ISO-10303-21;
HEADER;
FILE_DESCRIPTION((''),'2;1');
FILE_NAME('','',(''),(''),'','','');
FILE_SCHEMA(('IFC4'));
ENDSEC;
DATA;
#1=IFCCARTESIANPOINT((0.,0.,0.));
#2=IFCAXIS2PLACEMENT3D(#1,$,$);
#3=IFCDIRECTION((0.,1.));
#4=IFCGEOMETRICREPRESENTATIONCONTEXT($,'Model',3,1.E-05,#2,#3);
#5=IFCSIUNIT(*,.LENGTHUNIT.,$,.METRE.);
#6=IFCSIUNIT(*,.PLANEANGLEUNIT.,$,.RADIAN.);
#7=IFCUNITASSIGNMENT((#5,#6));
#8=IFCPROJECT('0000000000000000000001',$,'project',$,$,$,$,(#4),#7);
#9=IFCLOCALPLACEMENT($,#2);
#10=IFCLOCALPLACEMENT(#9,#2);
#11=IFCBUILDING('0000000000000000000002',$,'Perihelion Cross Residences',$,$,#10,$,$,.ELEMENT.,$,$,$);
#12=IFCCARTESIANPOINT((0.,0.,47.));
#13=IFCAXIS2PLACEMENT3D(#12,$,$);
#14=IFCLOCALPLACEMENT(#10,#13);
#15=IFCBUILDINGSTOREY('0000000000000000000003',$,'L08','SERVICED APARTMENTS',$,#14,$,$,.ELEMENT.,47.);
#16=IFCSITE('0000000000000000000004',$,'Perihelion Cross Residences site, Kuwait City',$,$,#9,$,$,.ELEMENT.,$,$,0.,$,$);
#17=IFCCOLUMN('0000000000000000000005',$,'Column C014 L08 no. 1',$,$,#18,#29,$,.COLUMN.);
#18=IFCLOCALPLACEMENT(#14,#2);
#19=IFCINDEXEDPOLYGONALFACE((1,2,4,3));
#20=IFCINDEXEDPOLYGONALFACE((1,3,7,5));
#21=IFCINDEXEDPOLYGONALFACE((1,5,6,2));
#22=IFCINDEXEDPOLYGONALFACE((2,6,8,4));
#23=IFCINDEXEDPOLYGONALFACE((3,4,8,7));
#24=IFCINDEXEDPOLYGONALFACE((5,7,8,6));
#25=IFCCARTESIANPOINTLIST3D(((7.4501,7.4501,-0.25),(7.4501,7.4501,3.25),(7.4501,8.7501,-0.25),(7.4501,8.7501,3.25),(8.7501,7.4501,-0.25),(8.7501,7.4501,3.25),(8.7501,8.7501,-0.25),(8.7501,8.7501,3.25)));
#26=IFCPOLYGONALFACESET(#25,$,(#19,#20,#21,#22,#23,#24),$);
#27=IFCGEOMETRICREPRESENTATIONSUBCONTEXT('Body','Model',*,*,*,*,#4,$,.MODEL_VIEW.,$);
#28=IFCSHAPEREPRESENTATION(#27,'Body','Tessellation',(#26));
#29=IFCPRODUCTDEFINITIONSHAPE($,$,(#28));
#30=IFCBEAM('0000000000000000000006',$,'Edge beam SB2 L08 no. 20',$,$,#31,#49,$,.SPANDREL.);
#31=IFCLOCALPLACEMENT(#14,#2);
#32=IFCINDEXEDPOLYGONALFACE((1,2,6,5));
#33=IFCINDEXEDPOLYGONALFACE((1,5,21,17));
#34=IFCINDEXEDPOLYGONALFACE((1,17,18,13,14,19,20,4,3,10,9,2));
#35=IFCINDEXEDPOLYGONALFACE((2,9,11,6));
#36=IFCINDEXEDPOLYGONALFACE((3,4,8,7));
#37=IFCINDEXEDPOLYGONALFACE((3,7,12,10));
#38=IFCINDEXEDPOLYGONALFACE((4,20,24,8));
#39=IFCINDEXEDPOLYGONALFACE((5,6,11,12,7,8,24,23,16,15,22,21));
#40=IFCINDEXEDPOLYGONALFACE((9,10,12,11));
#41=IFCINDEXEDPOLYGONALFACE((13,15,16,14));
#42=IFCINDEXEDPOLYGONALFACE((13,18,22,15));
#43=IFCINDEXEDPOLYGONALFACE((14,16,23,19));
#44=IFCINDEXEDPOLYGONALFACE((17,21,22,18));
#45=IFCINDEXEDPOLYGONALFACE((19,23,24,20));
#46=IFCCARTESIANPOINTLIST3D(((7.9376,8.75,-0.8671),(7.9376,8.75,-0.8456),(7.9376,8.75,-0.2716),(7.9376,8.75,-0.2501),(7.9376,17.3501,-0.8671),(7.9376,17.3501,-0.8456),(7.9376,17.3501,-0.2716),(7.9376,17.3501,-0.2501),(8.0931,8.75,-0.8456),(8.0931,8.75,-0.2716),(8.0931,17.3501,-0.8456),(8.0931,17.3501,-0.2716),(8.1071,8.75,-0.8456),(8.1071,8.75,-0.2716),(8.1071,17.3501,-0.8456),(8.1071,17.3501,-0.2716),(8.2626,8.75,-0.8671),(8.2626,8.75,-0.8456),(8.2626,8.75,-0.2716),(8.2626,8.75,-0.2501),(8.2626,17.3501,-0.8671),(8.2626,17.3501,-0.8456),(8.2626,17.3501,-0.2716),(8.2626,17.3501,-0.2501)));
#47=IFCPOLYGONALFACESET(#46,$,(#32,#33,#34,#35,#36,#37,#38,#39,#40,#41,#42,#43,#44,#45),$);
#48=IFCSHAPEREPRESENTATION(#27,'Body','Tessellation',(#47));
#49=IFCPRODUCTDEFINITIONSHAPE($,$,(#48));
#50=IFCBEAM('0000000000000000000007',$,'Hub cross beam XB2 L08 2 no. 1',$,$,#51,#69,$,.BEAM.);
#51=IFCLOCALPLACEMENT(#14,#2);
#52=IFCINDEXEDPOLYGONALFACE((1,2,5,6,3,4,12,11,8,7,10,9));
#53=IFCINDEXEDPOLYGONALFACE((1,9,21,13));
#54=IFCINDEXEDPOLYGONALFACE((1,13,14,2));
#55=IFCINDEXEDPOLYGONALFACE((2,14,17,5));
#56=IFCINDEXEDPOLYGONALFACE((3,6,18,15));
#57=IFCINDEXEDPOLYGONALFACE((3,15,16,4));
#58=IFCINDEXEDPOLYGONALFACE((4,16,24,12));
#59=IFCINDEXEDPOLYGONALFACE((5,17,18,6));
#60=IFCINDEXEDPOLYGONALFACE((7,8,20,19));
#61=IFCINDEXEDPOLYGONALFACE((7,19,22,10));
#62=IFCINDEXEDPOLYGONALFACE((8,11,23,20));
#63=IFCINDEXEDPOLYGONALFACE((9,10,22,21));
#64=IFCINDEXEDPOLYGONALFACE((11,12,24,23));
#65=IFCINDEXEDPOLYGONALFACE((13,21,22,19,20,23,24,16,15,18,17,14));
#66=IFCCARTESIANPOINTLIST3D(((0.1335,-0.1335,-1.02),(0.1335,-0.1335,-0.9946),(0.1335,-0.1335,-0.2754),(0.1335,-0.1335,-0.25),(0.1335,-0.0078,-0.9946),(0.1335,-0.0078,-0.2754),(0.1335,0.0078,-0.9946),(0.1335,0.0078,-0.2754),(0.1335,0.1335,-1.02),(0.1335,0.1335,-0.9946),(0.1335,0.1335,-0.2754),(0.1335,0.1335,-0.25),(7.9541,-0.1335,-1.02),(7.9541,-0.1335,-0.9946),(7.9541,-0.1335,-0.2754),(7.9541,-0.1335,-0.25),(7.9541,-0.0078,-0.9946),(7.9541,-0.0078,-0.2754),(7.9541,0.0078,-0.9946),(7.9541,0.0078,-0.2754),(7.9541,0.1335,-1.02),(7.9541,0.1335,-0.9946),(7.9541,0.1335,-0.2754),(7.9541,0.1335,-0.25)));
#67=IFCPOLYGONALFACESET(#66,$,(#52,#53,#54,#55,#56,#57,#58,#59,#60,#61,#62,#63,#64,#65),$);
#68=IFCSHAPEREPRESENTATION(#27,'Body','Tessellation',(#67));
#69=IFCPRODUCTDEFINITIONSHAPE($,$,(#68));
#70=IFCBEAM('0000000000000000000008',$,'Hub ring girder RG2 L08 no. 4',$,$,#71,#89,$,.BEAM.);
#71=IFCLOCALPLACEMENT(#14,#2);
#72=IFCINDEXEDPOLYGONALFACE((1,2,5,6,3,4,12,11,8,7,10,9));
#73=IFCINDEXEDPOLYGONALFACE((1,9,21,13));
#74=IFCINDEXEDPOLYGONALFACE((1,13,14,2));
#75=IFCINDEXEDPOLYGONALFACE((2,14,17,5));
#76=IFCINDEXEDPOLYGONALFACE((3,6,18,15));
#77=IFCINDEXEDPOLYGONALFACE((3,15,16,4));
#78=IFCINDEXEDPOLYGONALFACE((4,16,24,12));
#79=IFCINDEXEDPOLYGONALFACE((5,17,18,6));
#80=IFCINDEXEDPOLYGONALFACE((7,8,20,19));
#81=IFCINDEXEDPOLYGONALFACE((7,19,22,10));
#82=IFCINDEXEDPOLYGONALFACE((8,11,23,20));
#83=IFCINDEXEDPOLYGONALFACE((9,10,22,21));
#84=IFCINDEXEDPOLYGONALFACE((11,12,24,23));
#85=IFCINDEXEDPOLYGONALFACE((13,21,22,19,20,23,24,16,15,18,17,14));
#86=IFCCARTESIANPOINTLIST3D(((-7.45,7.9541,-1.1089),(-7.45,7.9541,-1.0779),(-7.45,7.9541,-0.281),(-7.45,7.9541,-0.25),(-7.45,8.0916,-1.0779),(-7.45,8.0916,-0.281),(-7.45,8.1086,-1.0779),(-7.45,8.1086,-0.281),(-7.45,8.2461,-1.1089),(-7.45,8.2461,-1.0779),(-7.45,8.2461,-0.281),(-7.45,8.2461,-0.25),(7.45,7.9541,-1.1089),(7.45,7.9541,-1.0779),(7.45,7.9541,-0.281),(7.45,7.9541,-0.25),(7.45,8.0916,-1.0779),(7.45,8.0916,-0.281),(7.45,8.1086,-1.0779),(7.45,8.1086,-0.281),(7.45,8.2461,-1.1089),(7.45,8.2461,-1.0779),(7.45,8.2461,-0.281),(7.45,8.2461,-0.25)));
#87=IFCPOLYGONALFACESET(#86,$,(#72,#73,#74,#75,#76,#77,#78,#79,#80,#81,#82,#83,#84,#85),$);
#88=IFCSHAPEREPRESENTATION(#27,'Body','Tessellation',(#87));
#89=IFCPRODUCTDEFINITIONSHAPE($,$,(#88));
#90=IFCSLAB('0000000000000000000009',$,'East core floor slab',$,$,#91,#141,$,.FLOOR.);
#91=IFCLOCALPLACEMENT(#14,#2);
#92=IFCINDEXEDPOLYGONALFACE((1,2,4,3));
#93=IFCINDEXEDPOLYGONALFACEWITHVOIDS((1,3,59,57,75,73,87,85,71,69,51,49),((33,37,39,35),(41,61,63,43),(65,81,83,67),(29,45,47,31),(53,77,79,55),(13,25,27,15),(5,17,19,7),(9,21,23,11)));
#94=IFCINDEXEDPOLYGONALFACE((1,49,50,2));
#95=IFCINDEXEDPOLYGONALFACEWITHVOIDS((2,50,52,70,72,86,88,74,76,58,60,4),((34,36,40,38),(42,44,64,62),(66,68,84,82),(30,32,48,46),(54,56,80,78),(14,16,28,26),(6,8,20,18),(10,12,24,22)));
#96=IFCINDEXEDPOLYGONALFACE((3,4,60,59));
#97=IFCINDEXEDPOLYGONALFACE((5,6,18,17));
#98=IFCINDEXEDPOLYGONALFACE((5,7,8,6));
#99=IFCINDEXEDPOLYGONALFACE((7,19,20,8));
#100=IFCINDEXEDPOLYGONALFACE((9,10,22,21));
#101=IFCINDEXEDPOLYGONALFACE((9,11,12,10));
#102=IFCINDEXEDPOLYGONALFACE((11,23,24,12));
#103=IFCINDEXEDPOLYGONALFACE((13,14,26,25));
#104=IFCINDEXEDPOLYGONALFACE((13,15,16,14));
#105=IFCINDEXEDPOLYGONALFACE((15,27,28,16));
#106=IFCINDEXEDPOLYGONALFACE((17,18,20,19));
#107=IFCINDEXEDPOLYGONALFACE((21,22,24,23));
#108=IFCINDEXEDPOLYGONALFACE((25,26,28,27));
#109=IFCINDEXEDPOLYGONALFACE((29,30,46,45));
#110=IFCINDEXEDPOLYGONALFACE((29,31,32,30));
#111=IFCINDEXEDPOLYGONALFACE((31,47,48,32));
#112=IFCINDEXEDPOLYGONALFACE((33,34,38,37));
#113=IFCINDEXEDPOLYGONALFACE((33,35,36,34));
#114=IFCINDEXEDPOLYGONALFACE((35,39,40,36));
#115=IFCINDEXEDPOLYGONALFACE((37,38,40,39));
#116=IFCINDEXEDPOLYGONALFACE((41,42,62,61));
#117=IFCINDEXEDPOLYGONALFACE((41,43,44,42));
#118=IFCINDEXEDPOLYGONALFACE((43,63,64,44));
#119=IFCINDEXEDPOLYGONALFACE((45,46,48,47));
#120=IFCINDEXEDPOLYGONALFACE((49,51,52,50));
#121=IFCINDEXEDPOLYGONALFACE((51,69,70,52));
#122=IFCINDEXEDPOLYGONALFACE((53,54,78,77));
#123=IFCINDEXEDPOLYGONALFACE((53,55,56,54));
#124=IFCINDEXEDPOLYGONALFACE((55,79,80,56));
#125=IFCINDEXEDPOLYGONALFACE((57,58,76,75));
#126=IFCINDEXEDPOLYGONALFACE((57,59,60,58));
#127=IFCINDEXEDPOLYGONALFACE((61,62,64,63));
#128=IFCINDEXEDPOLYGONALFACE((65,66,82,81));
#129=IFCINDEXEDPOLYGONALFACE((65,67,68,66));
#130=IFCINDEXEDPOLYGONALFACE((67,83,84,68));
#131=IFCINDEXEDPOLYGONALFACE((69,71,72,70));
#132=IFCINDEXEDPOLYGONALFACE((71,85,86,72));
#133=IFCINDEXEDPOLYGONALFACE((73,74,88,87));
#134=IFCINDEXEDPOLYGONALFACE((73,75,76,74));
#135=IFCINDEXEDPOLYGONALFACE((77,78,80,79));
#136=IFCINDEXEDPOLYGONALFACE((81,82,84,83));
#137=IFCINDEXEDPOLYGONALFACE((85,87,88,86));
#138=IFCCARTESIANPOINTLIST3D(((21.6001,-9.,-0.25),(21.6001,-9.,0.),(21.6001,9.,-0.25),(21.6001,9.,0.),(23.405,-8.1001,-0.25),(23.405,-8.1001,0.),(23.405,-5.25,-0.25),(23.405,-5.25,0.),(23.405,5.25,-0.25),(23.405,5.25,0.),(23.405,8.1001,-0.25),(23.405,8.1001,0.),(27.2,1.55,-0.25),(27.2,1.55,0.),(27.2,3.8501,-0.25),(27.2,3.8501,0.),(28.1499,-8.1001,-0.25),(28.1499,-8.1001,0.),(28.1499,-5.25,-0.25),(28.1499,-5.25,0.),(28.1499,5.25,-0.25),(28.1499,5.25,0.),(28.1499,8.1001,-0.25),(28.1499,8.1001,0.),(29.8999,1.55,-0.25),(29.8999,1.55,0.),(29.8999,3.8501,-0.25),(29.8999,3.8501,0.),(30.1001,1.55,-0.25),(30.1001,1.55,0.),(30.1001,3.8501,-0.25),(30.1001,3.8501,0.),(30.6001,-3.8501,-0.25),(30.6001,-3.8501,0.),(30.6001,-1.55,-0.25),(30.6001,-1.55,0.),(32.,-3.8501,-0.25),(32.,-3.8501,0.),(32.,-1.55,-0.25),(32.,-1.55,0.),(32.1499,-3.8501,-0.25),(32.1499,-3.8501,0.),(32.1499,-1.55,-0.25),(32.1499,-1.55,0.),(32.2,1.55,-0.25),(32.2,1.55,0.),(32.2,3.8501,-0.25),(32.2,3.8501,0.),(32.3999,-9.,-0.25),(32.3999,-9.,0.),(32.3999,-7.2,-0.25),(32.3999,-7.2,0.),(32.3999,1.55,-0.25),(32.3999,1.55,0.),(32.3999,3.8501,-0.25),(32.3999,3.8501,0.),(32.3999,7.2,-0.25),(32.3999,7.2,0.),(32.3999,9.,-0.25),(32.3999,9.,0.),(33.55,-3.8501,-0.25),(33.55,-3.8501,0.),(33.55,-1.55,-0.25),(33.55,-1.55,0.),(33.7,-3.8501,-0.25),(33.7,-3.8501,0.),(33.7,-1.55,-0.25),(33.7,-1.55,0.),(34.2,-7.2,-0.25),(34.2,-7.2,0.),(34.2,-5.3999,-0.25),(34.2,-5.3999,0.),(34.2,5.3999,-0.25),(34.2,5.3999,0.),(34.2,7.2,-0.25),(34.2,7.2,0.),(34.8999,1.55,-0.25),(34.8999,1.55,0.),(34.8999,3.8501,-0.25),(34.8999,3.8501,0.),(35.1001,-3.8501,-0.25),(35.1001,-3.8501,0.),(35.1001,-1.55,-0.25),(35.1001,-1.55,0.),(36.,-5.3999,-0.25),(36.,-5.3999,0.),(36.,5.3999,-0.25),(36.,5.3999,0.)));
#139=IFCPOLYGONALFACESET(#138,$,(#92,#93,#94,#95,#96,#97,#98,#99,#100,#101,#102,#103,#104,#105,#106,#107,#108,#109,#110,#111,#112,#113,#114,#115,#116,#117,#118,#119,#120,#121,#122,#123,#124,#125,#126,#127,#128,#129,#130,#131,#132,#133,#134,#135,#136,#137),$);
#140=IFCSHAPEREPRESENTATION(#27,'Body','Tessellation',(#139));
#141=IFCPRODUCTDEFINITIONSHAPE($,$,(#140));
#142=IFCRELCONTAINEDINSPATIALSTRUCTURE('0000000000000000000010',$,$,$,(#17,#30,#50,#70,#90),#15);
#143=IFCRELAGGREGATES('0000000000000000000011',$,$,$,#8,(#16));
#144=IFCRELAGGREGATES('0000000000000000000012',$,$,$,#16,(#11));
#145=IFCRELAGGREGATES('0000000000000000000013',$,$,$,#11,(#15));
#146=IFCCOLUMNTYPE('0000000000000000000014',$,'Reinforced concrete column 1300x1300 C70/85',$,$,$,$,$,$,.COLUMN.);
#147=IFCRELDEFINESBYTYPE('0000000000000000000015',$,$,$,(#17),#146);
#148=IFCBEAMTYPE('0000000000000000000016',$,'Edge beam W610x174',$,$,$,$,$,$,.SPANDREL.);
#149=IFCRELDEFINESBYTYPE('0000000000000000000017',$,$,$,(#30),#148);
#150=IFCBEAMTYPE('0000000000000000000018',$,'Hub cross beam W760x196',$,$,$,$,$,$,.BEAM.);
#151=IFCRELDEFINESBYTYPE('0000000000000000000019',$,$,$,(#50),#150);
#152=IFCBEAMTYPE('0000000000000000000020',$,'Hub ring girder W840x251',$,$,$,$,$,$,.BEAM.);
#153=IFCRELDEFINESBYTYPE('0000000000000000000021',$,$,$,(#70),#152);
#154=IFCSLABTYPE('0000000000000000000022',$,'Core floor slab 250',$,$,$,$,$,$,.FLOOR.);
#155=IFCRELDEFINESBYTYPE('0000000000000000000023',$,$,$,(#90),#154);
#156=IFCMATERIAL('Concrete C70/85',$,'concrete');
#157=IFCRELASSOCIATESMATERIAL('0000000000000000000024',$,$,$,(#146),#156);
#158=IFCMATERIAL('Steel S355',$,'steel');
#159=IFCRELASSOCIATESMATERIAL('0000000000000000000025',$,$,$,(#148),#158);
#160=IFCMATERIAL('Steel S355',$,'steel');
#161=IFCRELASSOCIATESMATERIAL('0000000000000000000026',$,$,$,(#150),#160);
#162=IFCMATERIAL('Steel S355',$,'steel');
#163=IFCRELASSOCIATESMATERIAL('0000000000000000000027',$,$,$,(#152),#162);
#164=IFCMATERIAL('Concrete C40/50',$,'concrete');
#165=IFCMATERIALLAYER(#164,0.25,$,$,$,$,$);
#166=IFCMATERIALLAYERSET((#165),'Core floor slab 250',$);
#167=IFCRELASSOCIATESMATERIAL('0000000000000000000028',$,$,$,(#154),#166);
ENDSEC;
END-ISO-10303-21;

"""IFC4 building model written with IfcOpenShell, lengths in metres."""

from ifc_helpers import new_model, si_unit, direction, frame, origin, origin_2d, place, context, subcontext, project, spatial, polyline, rectangle, i_section, outline, extrude, material, layer, layer_set, material_profile, profile_set, type_object, element, save


model = new_model("IFC4")

# Units and contexts
model_context = context("Model", 3, precision=1e-05, world=origin(), true_north=direction((0.0, 1.0)))
body_context = subcontext(model_context, "Body", "Model", "MODEL_VIEW")
ifc_project = project(units=[si_unit("LENGTHUNIT", "METRE"), si_unit("PLANEANGLEUNIT", "RADIAN")], contexts=[model_context])

# Site, building, storey
site_placement = place(None, origin())
site = spatial("IfcSite", under=ifc_project, at=site_placement, Name="Perihelion Cross Residences site, Kuwait City", CompositionType="ELEMENT", RefElevation=0.0)
building_placement = place(site_placement, origin())
building = spatial("IfcBuilding", under=site, at=building_placement, Name="Perihelion Cross Residences", CompositionType="ELEMENT")
storey_placement = place(building_placement, frame((0.0, 0.0, 47.0)))
storey = spatial("IfcBuildingStorey", under=building, at=storey_placement, Name="L08", Description="SERVICED APARTMENTS", CompositionType="ELEMENT", Elevation=47.0)

# Column
ifc_material_1 = material(Name="Concrete C70/85", Category="concrete")
ifc_material_profile_1 = material_profile(ifc_material_1, rectangle(XDim=1.3, YDim=1.3, at=origin_2d()), Name="RC 1300x1300")
ifc_profile_set_1 = profile_set([ifc_material_profile_1], Name="Concrete C70/85")
column_type = type_object("IfcColumnType", Name="Reinforced concrete column 1300x1300 C70/85", PredefinedType="COLUMN", material=ifc_profile_set_1)
column_placement = place(storey_placement, frame((8.1001, 8.1001, -0.25), z_axis=(0.0, 0.0, 1.0), x_axis=(1.0, 0.0, 0.0)))
element("IfcColumn", 1, at=column_placement, inside=storey, type_object=column_type, Name="Column C014 L08 no. 1", PredefinedType="COLUMN", context=body_context, shape_type="SweptSolid", body=[
    extrude(rectangle(XDim=1.3, YDim=1.3, at=origin_2d()), origin(), (0.0, 0.0, 1.0), 3.5),
])

# Beams
ifc_material_2 = material(Name="Steel S355", Category="steel")
ifc_material_profile_2 = material_profile(ifc_material_2, i_section(OverallWidth=0.325, OverallDepth=0.6169, WebThickness=0.0139, FlangeThickness=0.0215, at=origin_2d()), Name="W610x174")
ifc_profile_set_2 = profile_set([ifc_material_profile_2], Name="Steel S355")
beam_type_1 = type_object("IfcBeamType", Name="Edge beam W610x174", PredefinedType="SPANDREL", material=ifc_profile_set_2)
beam_1_placement = place(storey_placement, frame((8.1001, 8.75, -0.5586), z_axis=(0.0, 1.0, 0.0), x_axis=(-1.0, 0.0, 0.0)))
element("IfcBeam", 2, at=beam_1_placement, inside=storey, type_object=beam_type_1, Name="Edge beam SB2 L08 no. 20", PredefinedType="SPANDREL", context=body_context, shape_type="SweptSolid", body=[
    extrude(i_section(OverallWidth=0.325, OverallDepth=0.6169, WebThickness=0.0139, FlangeThickness=0.0215, at=origin_2d()), origin(), (0.0, 0.0, 1.0), 8.6001),
])
ifc_material_3 = material(Name="Steel S355", Category="steel")
ifc_material_profile_3 = material_profile(ifc_material_3, i_section(OverallWidth=0.2671, OverallDepth=0.77, WebThickness=0.0156, FlangeThickness=0.0254, at=origin_2d()), Name="W760x196")
ifc_profile_set_3 = profile_set([ifc_material_profile_3], Name="Steel S355")
beam_type_2 = type_object("IfcBeamType", Name="Hub cross beam W760x196", PredefinedType="BEAM", material=ifc_profile_set_3)
beam_2_placement = place(storey_placement, frame((0.1335, 0.0, -0.635), z_axis=(1.0, 0.0, 0.0), x_axis=(0.0, 1.0, 0.0)))
element("IfcBeam", 3, at=beam_2_placement, inside=storey, type_object=beam_type_2, Name="Hub cross beam XB2 L08 2 no. 1", PredefinedType="BEAM", context=body_context, shape_type="SweptSolid", body=[
    extrude(i_section(OverallWidth=0.2671, OverallDepth=0.77, WebThickness=0.0156, FlangeThickness=0.0254, at=origin_2d()), origin(), (0.0, 0.0, 1.0), 7.8206),
])
ifc_material_4 = material(Name="Steel S355", Category="steel")
ifc_material_profile_4 = material_profile(ifc_material_4, i_section(OverallWidth=0.292, OverallDepth=0.8589, WebThickness=0.0171, FlangeThickness=0.031, at=origin_2d()), Name="W840x251")
ifc_profile_set_4 = profile_set([ifc_material_profile_4], Name="Steel S355")
beam_type_3 = type_object("IfcBeamType", Name="Hub ring girder W840x251", PredefinedType="BEAM", material=ifc_profile_set_4)
beam_3_placement = place(storey_placement, frame((7.45, 8.1001, -0.6794), z_axis=(-1.0, 0.0, 0.0), x_axis=(0.0, -1.0, 0.0)))
element("IfcBeam", 4, at=beam_3_placement, inside=storey, type_object=beam_type_3, Name="Hub ring girder RG2 L08 no. 4", PredefinedType="BEAM", context=body_context, shape_type="SweptSolid", body=[
    extrude(i_section(OverallWidth=0.292, OverallDepth=0.8589, WebThickness=0.0171, FlangeThickness=0.031, at=origin_2d()), origin(), (0.0, 0.0, 1.0), 14.8999),
])

# Slab
ifc_material_5 = material(Name="Concrete C40/50", Category="concrete")
ifc_layer_1 = layer(ifc_material_5, 0.25)
ifc_layer_set_1 = layer_set([ifc_layer_1], Name="Core floor slab 250")
slab_type_1 = type_object("IfcSlabType", Name="Core floor slab 250", PredefinedType="FLOOR", material=ifc_layer_set_1)
slab_1_placement = place(storey_placement, frame((0.0, 0.0, -0.25)))
element("IfcSlab", 5, at=slab_1_placement, inside=storey, type_object=slab_type_1, Name="East core floor slab", PredefinedType="FLOOR", context=body_context, shape_type="SweptSolid", body=[
    extrude(outline(polyline([(32.3999, 7.2), (34.2, 7.2), (34.2, 5.3999), (36.0, 5.3999), (36.0, -5.3999), (34.2, -5.3999), (34.2, -7.2), (32.3999, -7.2), (32.3999, -9.0), (21.6001, -9.0), (21.6001, 9.0), (32.3999, 9.0), (32.3999, 7.2)]), holes=[polyline([(23.405, -8.1001), (28.1499, -8.1001), (28.1499, -5.25), (23.405, -5.25), (23.405, -8.1001)]), polyline([(30.6001, -1.55), (30.6001, -3.8501), (32.0, -3.8501), (32.0, -1.55), (30.6001, -1.55)]), polyline([(32.1499, -1.55), (32.1499, -3.8501), (33.55, -3.8501), (33.55, -1.55), (32.1499, -1.55)]), polyline([(33.7, -1.55), (33.7, -3.8501), (35.1001, -3.8501), (35.1001, -1.55), (33.7, -1.55)]), polyline([(27.2, 3.8501), (27.2, 1.55), (29.8999, 1.55), (29.8999, 3.8501), (27.2, 3.8501)]), polyline([(30.1001, 3.8501), (30.1001, 1.55), (32.2, 1.55), (32.2, 3.8501), (30.1001, 3.8501)]), polyline([(32.3999, 3.8501), (32.3999, 1.55), (34.8999, 1.55), (34.8999, 3.8501), (32.3999, 3.8501)]), polyline([(23.405, 5.25), (28.1499, 5.25), (28.1499, 8.1001), (23.405, 8.1001), (23.405, 5.25)])]), origin(), (0.0, 0.0, 1.0), 0.25),
])

save(model, "model.ifc")
